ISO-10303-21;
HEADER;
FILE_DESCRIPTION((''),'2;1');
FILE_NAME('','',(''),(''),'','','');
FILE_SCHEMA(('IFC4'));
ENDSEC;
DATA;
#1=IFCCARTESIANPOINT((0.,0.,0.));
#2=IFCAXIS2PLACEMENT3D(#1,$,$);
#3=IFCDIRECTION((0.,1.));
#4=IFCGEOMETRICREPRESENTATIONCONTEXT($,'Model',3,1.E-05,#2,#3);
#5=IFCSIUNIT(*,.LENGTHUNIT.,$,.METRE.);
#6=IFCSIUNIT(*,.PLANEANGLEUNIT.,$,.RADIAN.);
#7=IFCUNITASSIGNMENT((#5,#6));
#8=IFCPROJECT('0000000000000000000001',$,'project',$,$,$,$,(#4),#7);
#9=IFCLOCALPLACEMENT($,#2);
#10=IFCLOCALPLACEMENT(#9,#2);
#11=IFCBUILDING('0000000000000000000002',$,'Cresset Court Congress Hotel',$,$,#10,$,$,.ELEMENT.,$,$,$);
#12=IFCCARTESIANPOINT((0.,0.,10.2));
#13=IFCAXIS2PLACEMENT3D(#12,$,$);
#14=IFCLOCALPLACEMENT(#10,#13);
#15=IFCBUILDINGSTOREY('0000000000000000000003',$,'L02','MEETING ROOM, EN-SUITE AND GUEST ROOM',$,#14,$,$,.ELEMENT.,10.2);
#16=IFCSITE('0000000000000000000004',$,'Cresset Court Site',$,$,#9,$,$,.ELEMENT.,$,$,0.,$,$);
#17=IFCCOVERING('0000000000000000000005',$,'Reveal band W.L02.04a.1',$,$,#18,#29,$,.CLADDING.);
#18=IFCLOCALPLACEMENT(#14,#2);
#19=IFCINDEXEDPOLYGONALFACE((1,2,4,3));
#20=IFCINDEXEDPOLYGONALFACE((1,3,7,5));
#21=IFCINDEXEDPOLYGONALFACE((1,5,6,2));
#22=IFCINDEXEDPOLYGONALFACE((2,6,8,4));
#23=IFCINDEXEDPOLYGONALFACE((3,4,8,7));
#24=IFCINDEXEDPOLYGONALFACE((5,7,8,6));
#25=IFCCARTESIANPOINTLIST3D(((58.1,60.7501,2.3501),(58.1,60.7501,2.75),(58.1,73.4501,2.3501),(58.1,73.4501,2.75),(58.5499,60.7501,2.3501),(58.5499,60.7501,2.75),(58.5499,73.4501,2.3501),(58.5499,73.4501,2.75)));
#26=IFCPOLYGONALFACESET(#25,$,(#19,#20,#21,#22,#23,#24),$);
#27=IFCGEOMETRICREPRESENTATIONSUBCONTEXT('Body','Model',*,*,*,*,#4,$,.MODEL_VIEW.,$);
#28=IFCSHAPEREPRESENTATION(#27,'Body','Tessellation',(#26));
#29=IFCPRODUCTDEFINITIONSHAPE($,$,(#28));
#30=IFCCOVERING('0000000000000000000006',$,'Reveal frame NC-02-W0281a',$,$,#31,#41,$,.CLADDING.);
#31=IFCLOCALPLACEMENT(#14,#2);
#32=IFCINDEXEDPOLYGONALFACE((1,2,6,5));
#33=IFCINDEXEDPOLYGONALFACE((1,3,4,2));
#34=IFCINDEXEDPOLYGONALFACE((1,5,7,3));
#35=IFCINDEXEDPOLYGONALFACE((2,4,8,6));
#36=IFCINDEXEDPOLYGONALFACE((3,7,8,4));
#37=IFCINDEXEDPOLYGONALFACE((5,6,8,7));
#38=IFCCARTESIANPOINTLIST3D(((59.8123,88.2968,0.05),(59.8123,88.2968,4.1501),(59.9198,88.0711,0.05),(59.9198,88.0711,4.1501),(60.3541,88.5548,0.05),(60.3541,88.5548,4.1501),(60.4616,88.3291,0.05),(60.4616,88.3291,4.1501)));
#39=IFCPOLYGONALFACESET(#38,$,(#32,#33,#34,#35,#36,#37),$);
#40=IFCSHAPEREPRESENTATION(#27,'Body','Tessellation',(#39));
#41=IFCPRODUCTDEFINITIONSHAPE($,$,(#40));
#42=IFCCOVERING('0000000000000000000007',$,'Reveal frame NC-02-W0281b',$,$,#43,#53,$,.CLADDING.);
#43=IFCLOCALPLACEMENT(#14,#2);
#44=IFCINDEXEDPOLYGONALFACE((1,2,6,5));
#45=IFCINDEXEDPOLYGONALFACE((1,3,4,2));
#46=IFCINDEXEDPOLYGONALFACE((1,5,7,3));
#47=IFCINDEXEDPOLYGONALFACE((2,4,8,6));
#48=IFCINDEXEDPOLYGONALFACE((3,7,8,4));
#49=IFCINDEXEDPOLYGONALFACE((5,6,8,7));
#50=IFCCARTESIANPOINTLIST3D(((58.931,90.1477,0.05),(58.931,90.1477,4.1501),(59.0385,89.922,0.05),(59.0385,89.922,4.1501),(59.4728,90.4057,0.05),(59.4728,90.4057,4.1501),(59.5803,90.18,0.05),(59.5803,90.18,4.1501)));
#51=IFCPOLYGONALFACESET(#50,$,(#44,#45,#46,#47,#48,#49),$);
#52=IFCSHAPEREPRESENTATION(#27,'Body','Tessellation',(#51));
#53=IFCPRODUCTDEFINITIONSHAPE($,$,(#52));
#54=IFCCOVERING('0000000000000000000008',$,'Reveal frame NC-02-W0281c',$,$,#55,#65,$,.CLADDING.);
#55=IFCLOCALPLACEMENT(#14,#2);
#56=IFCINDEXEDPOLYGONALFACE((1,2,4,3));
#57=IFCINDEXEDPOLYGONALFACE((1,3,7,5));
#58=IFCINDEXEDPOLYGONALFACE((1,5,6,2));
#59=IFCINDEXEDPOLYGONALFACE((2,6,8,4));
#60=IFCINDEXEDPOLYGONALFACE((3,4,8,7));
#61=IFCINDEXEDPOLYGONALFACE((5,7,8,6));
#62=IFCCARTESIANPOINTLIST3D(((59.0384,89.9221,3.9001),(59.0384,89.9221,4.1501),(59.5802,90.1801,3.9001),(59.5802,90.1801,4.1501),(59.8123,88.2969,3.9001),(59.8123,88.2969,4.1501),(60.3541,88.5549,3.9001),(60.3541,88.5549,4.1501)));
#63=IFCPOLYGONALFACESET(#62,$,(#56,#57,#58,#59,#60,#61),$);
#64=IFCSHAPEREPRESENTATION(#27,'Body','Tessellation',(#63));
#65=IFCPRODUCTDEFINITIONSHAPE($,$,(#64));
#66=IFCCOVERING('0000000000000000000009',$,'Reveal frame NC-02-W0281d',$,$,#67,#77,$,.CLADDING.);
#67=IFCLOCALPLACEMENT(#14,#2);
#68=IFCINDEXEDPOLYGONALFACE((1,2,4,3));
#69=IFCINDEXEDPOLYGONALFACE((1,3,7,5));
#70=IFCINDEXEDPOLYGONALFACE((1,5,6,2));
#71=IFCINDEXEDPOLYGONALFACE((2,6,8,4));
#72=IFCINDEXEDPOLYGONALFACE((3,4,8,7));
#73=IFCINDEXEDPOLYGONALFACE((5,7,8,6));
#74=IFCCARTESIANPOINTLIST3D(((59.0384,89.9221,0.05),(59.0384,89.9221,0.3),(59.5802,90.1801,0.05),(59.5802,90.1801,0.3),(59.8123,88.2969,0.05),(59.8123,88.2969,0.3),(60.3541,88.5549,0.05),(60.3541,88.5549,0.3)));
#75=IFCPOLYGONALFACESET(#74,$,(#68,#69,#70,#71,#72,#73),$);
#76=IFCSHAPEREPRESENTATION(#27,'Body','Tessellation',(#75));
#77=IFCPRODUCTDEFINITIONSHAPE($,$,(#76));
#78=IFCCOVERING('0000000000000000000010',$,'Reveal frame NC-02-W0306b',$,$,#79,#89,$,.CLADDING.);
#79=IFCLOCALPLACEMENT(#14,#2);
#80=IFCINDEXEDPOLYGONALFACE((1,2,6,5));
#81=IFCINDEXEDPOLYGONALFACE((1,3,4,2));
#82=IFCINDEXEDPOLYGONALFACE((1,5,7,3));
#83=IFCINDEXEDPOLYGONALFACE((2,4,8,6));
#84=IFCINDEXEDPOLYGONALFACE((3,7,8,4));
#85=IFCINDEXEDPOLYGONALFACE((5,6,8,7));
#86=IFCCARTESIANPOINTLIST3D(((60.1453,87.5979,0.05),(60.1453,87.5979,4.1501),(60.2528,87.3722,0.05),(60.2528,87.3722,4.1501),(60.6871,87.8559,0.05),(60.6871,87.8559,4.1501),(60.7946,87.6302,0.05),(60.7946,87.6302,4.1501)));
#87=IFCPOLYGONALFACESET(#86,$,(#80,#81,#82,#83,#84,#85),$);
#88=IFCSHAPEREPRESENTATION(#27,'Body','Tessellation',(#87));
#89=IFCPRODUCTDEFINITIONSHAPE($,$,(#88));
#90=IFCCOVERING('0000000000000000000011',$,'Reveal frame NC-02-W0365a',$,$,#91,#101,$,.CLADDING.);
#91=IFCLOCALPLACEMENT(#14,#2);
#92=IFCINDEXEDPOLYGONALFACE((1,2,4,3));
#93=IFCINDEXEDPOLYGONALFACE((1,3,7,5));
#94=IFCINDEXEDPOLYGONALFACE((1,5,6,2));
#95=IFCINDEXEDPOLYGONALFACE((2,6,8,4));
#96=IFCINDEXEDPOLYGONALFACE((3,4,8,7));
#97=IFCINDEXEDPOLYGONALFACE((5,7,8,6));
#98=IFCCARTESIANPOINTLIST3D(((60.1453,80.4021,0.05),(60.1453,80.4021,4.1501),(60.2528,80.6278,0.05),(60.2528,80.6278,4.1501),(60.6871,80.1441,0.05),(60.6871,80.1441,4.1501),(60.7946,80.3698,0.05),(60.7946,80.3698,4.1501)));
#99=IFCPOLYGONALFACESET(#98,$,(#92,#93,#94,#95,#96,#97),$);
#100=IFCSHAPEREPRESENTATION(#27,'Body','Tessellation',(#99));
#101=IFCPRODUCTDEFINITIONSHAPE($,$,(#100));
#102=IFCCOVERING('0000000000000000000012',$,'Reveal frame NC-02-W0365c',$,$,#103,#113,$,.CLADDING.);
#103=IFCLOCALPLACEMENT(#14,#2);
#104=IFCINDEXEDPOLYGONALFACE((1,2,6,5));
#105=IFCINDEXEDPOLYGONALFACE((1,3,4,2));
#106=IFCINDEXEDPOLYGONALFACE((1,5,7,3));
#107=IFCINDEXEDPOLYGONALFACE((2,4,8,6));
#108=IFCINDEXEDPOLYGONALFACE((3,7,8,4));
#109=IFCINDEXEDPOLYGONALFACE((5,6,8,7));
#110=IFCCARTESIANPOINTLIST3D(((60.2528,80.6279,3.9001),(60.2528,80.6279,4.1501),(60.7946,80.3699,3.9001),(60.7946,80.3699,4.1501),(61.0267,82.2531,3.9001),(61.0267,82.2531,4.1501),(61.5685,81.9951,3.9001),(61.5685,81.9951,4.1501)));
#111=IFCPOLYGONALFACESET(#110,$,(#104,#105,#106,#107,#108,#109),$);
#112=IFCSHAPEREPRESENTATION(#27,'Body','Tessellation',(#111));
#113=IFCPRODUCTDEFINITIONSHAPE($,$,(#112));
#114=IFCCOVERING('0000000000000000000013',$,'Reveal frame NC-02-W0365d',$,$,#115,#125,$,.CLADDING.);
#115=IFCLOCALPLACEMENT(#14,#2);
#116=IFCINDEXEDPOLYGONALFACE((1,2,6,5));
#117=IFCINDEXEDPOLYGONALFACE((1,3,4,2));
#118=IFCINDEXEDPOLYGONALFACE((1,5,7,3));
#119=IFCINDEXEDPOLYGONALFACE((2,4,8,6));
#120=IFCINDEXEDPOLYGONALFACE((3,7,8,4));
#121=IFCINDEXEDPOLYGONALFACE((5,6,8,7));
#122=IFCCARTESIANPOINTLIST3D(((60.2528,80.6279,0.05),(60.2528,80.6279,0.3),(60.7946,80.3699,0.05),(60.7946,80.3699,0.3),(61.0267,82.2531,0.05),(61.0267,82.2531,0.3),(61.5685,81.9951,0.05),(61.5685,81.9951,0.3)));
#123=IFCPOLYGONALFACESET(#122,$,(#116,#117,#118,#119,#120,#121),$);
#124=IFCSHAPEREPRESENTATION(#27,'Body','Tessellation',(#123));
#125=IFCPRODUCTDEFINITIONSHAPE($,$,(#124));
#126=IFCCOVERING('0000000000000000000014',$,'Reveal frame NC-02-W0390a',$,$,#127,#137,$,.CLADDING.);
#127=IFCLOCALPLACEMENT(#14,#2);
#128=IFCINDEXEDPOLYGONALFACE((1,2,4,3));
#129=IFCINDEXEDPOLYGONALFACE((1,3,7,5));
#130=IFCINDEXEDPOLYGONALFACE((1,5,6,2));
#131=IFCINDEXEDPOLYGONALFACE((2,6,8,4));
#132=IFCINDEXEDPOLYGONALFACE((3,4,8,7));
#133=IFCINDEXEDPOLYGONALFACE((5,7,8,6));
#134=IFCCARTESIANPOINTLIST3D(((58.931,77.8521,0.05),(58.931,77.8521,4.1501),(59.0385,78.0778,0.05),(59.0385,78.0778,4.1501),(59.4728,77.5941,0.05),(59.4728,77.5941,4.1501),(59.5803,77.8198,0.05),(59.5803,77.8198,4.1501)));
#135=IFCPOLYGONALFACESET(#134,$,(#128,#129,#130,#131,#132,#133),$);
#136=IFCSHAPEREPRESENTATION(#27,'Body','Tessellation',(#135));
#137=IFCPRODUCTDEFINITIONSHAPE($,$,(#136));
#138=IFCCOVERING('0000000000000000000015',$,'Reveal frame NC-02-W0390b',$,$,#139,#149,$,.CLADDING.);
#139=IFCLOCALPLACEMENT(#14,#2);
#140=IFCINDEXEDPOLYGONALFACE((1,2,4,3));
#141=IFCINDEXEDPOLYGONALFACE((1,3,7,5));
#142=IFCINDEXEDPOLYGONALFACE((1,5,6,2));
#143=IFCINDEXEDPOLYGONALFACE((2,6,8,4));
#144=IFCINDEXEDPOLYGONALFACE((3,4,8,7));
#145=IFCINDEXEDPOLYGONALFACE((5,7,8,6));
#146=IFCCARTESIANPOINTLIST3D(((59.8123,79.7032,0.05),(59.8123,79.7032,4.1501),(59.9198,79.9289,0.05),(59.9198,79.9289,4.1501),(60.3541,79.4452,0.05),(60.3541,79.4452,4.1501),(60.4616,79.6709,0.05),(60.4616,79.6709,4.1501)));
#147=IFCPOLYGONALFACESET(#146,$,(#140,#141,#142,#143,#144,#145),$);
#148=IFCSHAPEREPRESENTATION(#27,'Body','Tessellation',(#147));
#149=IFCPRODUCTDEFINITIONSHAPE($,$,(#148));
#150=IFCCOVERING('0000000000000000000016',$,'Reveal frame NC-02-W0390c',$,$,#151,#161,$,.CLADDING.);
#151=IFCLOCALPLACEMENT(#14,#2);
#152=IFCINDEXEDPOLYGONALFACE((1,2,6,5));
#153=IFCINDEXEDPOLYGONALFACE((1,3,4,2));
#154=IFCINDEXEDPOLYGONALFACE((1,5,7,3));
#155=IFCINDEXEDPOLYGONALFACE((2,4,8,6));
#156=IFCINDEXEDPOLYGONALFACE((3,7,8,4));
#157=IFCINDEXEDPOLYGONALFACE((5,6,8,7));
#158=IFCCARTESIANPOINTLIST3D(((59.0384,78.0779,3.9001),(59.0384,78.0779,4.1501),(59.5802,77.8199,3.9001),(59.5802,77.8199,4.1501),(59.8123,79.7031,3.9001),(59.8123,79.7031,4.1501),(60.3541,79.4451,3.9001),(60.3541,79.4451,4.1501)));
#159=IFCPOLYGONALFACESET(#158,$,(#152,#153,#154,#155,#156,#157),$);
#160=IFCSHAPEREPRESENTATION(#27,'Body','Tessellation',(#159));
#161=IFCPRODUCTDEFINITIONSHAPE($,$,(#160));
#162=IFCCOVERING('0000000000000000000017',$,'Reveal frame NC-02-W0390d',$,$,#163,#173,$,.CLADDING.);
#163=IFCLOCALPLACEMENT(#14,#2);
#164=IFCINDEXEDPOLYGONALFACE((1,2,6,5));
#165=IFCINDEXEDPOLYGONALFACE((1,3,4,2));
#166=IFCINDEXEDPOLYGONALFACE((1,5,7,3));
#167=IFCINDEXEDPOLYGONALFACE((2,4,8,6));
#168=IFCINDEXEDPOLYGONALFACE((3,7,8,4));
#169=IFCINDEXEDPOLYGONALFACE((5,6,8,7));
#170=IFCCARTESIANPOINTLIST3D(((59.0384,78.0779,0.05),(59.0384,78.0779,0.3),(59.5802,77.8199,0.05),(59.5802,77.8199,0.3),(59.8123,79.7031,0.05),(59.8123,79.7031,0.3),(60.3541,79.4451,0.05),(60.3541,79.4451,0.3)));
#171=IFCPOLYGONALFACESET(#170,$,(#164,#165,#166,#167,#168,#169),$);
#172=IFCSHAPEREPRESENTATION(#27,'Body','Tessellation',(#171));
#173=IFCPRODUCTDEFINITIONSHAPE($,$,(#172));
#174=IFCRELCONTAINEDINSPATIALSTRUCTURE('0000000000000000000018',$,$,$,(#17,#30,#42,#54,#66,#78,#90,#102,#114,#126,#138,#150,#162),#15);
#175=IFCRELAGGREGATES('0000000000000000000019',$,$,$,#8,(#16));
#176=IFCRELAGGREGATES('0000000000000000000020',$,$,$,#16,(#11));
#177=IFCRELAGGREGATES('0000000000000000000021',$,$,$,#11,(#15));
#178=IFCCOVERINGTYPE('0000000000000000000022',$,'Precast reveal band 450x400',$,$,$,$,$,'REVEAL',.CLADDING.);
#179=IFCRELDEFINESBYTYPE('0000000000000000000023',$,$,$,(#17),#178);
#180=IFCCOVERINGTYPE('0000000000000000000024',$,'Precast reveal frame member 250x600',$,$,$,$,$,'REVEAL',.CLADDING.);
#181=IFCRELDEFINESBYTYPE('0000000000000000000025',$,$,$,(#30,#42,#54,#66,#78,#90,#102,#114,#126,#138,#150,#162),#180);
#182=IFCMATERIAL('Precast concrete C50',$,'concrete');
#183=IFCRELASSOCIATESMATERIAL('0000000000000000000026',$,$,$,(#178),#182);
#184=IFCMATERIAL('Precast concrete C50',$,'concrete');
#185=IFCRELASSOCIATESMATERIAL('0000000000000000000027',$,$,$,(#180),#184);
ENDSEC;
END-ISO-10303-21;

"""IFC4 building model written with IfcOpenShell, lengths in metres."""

from ifc_helpers import new_model, si_unit, direction, frame, origin, origin_2d, place, context, subcontext, project, spatial, rectangle, extrude, material, type_object, element, save


model = new_model("IFC4")

# Units and contexts
model_context = context("Model", 3, precision=1e-05, world=origin(), true_north=direction((0.0, 1.0)))
body_context = subcontext(model_context, "Body", "Model", "MODEL_VIEW")
ifc_project = project(units=[si_unit("LENGTHUNIT", "METRE"), si_unit("PLANEANGLEUNIT", "RADIAN")], contexts=[model_context])

# Site, building, storey
site_placement = place(None, origin())
site = spatial("IfcSite", under=ifc_project, at=site_placement, Name="Cresset Court Site", CompositionType="ELEMENT", RefElevation=0.0)
building_placement = place(site_placement, origin())
building = spatial("IfcBuilding", under=site, at=building_placement, Name="Cresset Court Congress Hotel", CompositionType="ELEMENT")
storey_placement = place(building_placement, frame((0.0, 0.0, 10.2)))
storey = spatial("IfcBuildingStorey", under=building, at=storey_placement, Name="L02", Description="MEETING ROOM, EN-SUITE AND GUEST ROOM", CompositionType="ELEMENT", Elevation=10.2)

# Coverings
ifc_material_1 = material(Name="Precast concrete C50", Category="concrete")
covering_type_1 = type_object("IfcCoveringType", Name="Precast reveal band 450x400", ElementType="REVEAL", PredefinedType="CLADDING", material=ifc_material_1)
covering_placement = place(storey_placement, frame((58.325, 67.1001, 2.3501), z_axis=(0.0, 0.0, 1.0), x_axis=(0.0, 1.0, 0.0)))
element("IfcCovering", 1, at=covering_placement, inside=storey, type_object=covering_type_1, Name="Reveal band W.L02.04a.1", PredefinedType="CLADDING", context=body_context, shape_type="SweptSolid", body=[
    extrude(rectangle(XDim=12.7, YDim=0.45, at=origin_2d()), origin(), (0.0, 0.0, 1.0), 0.3999),
])
ifc_material_2 = material(Name="Precast concrete C50", Category="concrete")
covering_type_2 = type_object("IfcCoveringType", Name="Precast reveal frame member 250x600", ElementType="REVEAL", PredefinedType="CLADDING", material=ifc_material_2)
for number, where, z_axis, x_axis, name in (
    (2, (60.137, 88.313, 0.05), (0.0, 0.0, 1.0), (-0.429933, 0.902861, 0.0), "Reveal frame NC-02-W0281a"),
    (3, (59.2556, 90.1638, 0.05), (0.0, 0.0, 1.0), (-0.429933, 0.902861, 0.0), "Reveal frame NC-02-W0281b"),
):
    element("IfcCovering", number, at=place(storey_placement, frame(where, z_axis=z_axis, x_axis=x_axis)), inside=storey, type_object=covering_type_2, Name=name, PredefinedType="CLADDING", context=body_context, shape_type="SweptSolid", body=[
        extrude(rectangle(XDim=0.25, YDim=0.6001, at=origin_2d()), origin(), (0.0, 0.0, 1.0), 4.1001),
    ])
for number, where, z_axis, x_axis, name in (
    (4, (59.6963, 89.2385, 3.9001), (0.0, 0.0, 1.0), (-0.429933, 0.902861, 0.0), "Reveal frame NC-02-W0281c"),
    (5, (59.6963, 89.2385, 0.05), (0.0, 0.0, 1.0), (-0.429933, 0.902861, 0.0), "Reveal frame NC-02-W0281d"),
):
    element("IfcCovering", number, at=place(storey_placement, frame(where, z_axis=z_axis, x_axis=x_axis)), inside=storey, type_object=covering_type_2, Name=name, PredefinedType="CLADDING", context=body_context, shape_type="SweptSolid", body=[
        extrude(rectangle(XDim=1.8, YDim=0.6001, at=origin_2d()), origin(), (0.0, 0.0, 1.0), 0.25),
    ])
for number, where, z_axis, x_axis, name in (
    (6, (60.47, 87.614, 0.05), (0.0, 0.0, 1.0), (-0.429933, 0.902861, 0.0), "Reveal frame NC-02-W0306b"),
    (7, (60.47, 80.386, 0.05), (0.0, 0.0, 1.0), (0.429933, 0.902861, 0.0), "Reveal frame NC-02-W0365a"),
):
    element("IfcCovering", number, at=place(storey_placement, frame(where, z_axis=z_axis, x_axis=x_axis)), inside=storey, type_object=covering_type_2, Name=name, PredefinedType="CLADDING", context=body_context, shape_type="SweptSolid", body=[
        extrude(rectangle(XDim=0.25, YDim=0.6001, at=origin_2d()), origin(), (0.0, 0.0, 1.0), 4.1001),
    ])
for number, where, z_axis, x_axis, name in (
    (8, (60.9106, 81.3115, 3.9001), (0.0, 0.0, 1.0), (0.429933, 0.902861, 0.0), "Reveal frame NC-02-W0365c"),
    (9, (60.9106, 81.3115, 0.05), (0.0, 0.0, 1.0), (0.429933, 0.902861, 0.0), "Reveal frame NC-02-W0365d"),
):
    element("IfcCovering", number, at=place(storey_placement, frame(where, z_axis=z_axis, x_axis=x_axis)), inside=storey, type_object=covering_type_2, Name=name, PredefinedType="CLADDING", context=body_context, shape_type="SweptSolid", body=[
        extrude(rectangle(XDim=1.8, YDim=0.6001, at=origin_2d()), origin(), (0.0, 0.0, 1.0), 0.25),
    ])
for number, where, z_axis, x_axis, name in (
    (10, (59.2556, 77.8359, 0.05), (0.0, 0.0, 1.0), (0.429933, 0.902861, 0.0), "Reveal frame NC-02-W0390a"),
    (11, (60.137, 79.687, 0.05), (0.0, 0.0, 1.0), (0.429933, 0.902861, 0.0), "Reveal frame NC-02-W0390b"),
):
    element("IfcCovering", number, at=place(storey_placement, frame(where, z_axis=z_axis, x_axis=x_axis)), inside=storey, type_object=covering_type_2, Name=name, PredefinedType="CLADDING", context=body_context, shape_type="SweptSolid", body=[
        extrude(rectangle(XDim=0.25, YDim=0.6001, at=origin_2d()), origin(), (0.0, 0.0, 1.0), 4.1001),
    ])
for number, where, z_axis, x_axis, name in (
    (12, (59.6963, 78.7615, 3.9001), (0.0, 0.0, 1.0), (0.429933, 0.902861, 0.0), "Reveal frame NC-02-W0390c"),
    (13, (59.6963, 78.7615, 0.05), (0.0, 0.0, 1.0), (0.429933, 0.902861, 0.0), "Reveal frame NC-02-W0390d"),
):
    element("IfcCovering", number, at=place(storey_placement, frame(where, z_axis=z_axis, x_axis=x_axis)), inside=storey, type_object=covering_type_2, Name=name, PredefinedType="CLADDING", context=body_context, shape_type="SweptSolid", body=[
        extrude(rectangle(XDim=1.8, YDim=0.6001, at=origin_2d()), origin(), (0.0, 0.0, 1.0), 0.25),
    ])

save(model, "model.ifc")
